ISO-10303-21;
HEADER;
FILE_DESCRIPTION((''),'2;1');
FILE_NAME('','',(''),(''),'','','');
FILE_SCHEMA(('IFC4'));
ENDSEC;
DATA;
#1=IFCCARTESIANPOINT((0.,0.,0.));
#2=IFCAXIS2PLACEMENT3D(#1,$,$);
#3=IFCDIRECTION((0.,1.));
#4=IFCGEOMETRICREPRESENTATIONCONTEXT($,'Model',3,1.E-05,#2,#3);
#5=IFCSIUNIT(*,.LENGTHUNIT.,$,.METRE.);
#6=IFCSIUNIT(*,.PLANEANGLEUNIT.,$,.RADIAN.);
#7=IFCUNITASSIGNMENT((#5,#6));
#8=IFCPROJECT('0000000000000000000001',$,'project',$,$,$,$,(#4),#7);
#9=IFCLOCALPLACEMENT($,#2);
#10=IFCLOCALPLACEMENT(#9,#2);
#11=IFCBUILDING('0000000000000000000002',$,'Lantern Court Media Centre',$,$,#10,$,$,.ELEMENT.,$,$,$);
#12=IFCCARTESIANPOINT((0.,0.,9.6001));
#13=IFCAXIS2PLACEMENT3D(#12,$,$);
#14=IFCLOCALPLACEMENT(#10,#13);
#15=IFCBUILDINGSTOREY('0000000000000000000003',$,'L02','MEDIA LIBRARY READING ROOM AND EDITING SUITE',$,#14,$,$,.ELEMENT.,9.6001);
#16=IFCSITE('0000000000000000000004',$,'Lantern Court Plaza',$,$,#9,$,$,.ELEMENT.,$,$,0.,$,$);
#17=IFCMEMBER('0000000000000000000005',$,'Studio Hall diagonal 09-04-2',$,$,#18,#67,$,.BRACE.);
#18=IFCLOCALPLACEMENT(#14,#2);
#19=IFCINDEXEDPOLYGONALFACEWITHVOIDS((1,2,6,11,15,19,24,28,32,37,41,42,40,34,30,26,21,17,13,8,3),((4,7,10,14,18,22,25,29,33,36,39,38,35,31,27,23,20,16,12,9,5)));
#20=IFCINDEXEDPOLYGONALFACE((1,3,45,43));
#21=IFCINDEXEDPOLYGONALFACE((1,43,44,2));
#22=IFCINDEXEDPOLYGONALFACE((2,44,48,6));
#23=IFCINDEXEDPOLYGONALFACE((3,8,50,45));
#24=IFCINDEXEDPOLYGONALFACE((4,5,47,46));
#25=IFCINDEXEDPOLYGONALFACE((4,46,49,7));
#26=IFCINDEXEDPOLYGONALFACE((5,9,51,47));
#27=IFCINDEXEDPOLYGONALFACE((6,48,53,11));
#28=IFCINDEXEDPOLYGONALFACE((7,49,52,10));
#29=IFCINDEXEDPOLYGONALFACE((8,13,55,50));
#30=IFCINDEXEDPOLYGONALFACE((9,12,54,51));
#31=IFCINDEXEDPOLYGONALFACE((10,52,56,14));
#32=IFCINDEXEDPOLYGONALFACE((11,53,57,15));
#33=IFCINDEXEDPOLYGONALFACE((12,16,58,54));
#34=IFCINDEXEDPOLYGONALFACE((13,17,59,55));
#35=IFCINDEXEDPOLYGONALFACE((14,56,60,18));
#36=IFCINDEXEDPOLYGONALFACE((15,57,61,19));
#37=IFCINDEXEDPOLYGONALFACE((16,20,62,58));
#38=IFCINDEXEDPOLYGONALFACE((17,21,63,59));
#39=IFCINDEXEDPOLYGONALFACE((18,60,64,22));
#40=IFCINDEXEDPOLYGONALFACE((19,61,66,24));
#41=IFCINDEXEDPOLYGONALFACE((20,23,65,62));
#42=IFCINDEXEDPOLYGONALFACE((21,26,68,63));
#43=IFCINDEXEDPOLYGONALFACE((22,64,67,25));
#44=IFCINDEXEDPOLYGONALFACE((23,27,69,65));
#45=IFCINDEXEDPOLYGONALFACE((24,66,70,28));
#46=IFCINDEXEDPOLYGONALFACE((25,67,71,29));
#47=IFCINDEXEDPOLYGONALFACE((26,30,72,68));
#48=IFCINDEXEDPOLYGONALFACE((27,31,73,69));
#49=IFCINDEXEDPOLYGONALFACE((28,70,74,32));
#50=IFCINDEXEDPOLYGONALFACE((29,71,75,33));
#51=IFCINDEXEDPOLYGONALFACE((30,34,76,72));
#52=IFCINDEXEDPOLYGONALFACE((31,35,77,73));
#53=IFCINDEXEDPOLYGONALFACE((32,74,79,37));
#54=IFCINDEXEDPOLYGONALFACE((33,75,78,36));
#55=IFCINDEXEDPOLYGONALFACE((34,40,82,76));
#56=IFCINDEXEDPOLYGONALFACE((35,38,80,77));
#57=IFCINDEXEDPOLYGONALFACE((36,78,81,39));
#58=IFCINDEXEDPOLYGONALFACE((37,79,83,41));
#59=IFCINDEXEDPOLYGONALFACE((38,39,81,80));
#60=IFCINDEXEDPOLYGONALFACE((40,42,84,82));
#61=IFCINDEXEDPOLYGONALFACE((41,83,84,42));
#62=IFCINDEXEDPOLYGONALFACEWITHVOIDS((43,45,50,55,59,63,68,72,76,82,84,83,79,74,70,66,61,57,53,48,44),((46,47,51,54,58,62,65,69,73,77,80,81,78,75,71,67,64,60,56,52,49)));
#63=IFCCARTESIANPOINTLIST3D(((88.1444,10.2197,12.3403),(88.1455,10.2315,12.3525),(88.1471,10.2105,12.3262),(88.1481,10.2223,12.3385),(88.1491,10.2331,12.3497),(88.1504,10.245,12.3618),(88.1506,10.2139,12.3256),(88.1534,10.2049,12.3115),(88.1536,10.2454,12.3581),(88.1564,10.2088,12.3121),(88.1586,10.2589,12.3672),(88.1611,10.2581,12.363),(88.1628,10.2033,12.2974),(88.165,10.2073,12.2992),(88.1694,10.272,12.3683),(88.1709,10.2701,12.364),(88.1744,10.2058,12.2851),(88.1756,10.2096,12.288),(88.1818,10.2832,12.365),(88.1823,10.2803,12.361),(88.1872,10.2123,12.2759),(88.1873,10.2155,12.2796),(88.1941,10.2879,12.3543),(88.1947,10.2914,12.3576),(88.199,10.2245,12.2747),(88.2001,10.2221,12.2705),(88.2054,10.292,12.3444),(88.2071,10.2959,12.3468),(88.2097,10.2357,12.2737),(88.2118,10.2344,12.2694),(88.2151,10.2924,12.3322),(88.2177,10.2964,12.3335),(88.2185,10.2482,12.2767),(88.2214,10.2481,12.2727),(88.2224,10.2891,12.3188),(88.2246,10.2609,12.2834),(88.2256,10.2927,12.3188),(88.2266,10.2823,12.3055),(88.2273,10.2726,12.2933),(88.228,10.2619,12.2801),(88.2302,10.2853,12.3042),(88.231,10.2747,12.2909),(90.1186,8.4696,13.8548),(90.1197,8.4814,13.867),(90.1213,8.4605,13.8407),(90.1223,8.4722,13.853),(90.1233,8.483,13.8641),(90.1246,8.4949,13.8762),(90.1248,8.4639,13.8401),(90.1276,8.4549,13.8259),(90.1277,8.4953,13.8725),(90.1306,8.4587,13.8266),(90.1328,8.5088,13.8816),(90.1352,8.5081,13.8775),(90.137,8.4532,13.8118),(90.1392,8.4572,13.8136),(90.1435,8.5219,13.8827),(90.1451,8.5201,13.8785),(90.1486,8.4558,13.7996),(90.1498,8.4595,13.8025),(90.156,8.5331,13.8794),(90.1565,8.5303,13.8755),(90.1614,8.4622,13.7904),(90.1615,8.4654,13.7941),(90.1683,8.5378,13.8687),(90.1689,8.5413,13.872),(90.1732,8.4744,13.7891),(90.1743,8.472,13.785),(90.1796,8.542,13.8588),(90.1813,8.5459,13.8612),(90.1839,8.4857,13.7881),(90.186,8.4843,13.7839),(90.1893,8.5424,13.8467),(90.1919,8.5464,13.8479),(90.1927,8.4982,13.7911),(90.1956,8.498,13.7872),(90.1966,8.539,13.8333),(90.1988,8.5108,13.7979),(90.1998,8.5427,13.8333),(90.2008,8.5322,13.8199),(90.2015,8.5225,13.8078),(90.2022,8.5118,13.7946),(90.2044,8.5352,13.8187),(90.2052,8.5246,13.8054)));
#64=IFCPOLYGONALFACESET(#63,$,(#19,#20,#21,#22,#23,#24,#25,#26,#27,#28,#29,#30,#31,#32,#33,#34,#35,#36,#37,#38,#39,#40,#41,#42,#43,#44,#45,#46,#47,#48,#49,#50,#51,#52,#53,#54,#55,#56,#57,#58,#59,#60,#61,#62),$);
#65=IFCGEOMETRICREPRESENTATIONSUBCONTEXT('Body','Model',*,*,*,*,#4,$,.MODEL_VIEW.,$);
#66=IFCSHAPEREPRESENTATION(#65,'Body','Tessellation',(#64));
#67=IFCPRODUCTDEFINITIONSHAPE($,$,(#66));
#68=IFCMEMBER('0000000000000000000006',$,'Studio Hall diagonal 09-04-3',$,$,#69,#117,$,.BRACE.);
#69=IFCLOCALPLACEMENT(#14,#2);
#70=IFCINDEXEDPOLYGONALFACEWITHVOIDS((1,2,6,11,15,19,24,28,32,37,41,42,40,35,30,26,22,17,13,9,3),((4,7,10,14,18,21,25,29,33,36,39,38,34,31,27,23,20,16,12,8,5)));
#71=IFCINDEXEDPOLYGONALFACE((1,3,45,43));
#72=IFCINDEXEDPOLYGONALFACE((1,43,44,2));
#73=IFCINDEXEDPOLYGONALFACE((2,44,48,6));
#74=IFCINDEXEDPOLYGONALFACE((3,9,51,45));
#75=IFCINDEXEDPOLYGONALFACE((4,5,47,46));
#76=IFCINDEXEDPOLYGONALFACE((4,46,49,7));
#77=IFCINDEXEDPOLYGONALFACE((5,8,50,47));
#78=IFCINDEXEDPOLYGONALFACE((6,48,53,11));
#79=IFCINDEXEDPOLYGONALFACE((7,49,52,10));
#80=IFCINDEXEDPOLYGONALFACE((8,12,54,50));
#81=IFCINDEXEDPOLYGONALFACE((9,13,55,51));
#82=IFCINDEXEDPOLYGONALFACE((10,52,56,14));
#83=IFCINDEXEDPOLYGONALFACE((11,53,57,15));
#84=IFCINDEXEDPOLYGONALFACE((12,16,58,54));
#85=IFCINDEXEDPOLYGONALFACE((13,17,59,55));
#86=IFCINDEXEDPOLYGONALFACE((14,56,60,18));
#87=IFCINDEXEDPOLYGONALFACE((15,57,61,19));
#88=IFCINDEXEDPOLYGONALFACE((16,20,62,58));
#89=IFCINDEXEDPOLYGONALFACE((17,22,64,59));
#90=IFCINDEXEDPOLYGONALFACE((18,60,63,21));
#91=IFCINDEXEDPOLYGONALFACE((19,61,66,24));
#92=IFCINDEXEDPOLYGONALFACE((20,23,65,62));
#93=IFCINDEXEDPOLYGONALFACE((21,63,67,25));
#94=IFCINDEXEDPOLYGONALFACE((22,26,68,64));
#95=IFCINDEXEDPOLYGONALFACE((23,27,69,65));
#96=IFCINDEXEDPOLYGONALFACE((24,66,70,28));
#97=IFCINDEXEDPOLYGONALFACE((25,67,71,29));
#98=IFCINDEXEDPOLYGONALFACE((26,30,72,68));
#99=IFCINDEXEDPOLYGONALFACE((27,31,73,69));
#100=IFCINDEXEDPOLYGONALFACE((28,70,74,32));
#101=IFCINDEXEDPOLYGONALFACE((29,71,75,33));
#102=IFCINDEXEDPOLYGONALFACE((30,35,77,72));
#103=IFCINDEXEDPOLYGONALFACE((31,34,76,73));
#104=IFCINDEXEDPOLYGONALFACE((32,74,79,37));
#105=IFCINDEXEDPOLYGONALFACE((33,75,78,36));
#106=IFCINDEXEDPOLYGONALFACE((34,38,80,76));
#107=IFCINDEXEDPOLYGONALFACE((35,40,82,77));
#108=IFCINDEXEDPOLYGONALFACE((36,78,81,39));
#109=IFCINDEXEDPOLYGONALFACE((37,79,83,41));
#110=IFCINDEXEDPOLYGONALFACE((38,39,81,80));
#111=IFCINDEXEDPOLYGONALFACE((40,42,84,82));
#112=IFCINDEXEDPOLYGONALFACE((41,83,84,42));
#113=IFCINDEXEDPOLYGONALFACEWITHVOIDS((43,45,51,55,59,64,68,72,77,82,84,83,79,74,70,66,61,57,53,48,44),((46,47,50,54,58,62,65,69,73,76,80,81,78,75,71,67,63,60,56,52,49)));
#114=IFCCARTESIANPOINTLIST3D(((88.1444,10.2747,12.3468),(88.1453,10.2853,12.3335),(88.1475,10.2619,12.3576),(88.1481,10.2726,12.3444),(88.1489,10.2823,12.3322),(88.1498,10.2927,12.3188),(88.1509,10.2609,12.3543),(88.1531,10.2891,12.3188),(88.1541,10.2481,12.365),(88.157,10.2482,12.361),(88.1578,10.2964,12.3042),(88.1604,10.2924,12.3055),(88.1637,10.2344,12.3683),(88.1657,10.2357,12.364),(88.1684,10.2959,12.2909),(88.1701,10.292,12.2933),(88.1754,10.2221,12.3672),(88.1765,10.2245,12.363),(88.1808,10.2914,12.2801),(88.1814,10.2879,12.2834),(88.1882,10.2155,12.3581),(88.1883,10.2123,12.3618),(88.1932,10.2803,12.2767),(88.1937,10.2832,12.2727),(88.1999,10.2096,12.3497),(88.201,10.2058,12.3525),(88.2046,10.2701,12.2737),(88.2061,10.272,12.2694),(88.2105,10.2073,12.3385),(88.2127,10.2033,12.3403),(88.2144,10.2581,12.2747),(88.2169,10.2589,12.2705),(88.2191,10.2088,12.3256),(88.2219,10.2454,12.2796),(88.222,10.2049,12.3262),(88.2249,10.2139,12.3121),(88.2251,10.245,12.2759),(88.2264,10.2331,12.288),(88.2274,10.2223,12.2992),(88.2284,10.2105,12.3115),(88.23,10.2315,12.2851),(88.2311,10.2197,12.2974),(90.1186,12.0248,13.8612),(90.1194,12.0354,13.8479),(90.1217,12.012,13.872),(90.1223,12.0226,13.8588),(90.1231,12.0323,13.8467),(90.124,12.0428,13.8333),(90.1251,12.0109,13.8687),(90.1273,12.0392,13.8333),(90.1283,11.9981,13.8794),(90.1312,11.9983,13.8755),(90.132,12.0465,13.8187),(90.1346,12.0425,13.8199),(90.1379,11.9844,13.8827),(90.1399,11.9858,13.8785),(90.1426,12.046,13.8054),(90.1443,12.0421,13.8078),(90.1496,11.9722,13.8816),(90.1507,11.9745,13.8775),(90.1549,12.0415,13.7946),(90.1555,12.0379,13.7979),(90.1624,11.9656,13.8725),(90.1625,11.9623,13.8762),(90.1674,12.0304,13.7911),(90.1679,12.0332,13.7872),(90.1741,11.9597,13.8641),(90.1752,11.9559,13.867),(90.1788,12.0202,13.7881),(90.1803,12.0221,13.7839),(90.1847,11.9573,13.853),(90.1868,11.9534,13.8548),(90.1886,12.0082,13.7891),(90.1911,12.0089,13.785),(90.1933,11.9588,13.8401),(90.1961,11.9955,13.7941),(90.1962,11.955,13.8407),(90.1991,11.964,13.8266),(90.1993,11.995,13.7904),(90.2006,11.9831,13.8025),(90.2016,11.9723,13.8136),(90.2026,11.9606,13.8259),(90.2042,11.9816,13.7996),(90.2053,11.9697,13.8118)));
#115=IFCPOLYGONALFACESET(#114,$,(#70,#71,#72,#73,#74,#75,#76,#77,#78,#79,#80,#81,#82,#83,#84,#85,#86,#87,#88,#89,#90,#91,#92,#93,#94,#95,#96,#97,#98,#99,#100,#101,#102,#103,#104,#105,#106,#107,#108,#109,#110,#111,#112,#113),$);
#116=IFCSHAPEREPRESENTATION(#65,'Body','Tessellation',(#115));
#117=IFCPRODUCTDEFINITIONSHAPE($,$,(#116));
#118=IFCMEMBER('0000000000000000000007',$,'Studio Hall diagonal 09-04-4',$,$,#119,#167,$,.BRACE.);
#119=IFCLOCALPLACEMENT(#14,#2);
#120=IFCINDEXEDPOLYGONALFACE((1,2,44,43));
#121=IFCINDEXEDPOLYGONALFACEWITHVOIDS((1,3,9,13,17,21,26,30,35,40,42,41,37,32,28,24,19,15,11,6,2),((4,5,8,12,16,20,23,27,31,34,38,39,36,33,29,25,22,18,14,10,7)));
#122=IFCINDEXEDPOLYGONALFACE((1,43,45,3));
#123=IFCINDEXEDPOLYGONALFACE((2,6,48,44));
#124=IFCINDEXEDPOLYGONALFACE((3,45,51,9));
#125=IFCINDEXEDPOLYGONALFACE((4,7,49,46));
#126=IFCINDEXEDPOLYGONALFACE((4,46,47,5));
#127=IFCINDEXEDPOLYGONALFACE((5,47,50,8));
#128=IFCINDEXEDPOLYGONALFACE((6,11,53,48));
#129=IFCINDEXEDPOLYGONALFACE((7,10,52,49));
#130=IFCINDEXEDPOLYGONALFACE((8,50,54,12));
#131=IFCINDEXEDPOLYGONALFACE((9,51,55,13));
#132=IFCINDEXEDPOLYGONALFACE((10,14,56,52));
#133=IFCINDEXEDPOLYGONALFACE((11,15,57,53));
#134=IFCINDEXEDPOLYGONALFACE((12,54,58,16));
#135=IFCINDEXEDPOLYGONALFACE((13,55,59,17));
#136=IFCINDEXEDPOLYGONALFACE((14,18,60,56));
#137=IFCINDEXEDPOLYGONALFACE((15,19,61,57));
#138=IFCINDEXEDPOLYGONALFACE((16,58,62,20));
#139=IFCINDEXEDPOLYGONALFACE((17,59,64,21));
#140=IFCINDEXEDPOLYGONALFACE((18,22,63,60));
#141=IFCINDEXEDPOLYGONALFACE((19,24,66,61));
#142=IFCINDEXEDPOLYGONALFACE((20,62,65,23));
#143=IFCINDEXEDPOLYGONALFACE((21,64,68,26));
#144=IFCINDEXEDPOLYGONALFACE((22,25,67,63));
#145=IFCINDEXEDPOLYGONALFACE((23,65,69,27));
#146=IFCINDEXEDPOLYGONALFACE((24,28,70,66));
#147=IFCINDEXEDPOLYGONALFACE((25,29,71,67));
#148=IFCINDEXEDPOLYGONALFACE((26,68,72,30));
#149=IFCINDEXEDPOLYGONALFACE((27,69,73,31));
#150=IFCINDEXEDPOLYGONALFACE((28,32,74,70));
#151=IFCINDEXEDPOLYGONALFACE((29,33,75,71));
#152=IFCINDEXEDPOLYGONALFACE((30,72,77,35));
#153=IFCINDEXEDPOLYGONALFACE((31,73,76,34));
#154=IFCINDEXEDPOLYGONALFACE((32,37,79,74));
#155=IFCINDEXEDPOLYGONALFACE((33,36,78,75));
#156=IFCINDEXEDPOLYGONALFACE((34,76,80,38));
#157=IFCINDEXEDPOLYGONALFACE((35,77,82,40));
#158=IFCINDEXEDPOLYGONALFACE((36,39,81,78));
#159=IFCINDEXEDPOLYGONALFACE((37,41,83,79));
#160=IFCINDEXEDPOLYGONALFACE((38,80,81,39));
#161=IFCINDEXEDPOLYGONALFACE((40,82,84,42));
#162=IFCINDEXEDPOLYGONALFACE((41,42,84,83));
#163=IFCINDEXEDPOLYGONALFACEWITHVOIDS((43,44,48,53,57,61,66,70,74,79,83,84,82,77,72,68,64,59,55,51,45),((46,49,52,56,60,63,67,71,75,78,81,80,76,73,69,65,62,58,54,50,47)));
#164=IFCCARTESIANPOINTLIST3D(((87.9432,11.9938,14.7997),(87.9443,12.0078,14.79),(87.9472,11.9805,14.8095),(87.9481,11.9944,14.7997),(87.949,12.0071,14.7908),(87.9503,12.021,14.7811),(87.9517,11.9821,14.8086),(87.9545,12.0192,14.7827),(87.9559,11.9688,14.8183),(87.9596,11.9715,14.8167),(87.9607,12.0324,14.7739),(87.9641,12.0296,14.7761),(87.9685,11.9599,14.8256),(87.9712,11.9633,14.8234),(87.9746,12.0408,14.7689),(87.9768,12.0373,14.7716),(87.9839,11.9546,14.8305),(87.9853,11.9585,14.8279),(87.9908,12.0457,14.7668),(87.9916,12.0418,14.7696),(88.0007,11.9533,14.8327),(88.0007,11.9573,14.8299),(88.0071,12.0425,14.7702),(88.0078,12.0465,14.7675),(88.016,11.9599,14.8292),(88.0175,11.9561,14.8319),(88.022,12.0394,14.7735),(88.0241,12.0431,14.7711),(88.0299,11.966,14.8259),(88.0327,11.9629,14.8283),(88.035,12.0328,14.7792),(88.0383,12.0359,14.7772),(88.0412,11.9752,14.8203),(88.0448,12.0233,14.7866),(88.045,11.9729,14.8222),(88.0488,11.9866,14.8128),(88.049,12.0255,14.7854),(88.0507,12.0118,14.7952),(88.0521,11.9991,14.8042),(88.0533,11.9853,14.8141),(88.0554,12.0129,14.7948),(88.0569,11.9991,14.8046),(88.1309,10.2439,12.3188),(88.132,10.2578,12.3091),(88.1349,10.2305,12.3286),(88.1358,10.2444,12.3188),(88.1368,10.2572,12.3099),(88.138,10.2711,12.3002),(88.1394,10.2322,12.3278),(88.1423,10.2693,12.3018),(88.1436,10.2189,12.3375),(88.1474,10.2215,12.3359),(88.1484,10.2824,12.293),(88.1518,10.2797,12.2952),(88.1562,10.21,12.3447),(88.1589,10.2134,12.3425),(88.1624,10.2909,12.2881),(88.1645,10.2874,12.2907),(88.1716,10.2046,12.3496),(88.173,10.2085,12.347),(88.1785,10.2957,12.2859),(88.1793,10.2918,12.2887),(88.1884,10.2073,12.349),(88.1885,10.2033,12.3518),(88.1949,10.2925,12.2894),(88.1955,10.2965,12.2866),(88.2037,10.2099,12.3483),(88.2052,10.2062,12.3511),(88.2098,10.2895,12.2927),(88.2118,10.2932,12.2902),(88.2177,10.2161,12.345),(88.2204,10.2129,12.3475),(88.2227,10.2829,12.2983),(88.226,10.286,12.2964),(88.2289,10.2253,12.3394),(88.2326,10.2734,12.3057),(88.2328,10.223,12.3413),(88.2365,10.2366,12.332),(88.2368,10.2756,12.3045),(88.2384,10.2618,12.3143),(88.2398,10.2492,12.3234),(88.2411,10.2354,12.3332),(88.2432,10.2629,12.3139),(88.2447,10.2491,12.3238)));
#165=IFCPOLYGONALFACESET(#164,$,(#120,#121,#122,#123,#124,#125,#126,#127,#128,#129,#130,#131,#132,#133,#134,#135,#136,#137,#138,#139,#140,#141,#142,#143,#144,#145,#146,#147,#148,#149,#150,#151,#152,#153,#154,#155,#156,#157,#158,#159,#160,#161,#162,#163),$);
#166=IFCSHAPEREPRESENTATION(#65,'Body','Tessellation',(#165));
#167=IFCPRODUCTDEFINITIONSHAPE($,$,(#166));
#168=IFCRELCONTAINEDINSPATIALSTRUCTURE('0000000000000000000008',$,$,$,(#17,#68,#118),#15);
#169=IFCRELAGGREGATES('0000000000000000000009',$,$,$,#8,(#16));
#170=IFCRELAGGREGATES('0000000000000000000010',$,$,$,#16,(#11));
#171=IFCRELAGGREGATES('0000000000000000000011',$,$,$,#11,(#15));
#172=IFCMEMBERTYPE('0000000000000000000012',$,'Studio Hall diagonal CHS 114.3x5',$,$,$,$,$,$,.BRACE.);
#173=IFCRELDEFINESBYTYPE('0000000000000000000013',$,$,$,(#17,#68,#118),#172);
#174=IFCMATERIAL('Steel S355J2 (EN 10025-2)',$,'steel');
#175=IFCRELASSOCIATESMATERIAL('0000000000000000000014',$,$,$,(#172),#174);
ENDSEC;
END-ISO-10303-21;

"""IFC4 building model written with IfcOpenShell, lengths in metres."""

from ifc_helpers import new_model, si_unit, direction, frame, origin, origin_2d, place, context, subcontext, project, spatial, hollow_circle, extrude, material, material_profile, profile_set, type_object, element, save


model = new_model("IFC4")

# Units and contexts
model_context = context("Model", 3, precision=1e-05, world=origin(), true_north=direction((0.0, 1.0)))
body_context = subcontext(model_context, "Body", "Model", "MODEL_VIEW")
ifc_project = project(units=[si_unit("LENGTHUNIT", "METRE"), si_unit("PLANEANGLEUNIT", "RADIAN")], contexts=[model_context])

# Site, building, storey
site_placement = place(None, origin())
site = spatial("IfcSite", under=ifc_project, at=site_placement, Name="Lantern Court Plaza", CompositionType="ELEMENT", RefElevation=0.0)
building_placement = place(site_placement, origin())
building = spatial("IfcBuilding", under=site, at=building_placement, Name="Lantern Court Media Centre", CompositionType="ELEMENT")
storey_placement = place(building_placement, frame((0.0, 0.0, 9.6001)))
storey = spatial("IfcBuildingStorey", under=building, at=storey_placement, Name="L02", Description="MEDIA LIBRARY READING ROOM AND EDITING SUITE", CompositionType="ELEMENT", Elevation=9.6001)

# Members
ifc_material = material(Name="Steel S355J2 (EN 10025-2)", Category="steel")
ifc_material_profile_1 = material_profile(ifc_material, hollow_circle(Radius=0.0571, WallThickness=0.0049, at=origin_2d()), Name="Studio Hall diagonal CHS 114.3x5")
ifc_profile_set_1 = profile_set([ifc_material_profile_1], Name="Steel S355J2 (EN 10025-2)")
member_type_1 = type_object("IfcMemberType", Name="Studio Hall diagonal CHS 114.3x5", PredefinedType="BRACE", material=ifc_profile_set_1)
for number, where, z_axis, x_axis, name in (
    (1, (88.1877, 10.25, 12.3188), (0.648979, -0.575301, 0.49785), (0.663352, 0.748307, 0.0), "Studio Hall diagonal 09-04-2"),
    (2, (88.1877, 10.25, 12.3188), (0.648979, 0.575301, 0.49785), (-0.663352, 0.748307, 0.0), "Studio Hall diagonal 09-04-3"),
):
    element("IfcMember", number, at=place(storey_placement, frame(where, z_axis=z_axis, x_axis=x_axis)), inside=storey, type_object=member_type_1, Name=name, PredefinedType="BRACE", context=body_context, shape_type="SweptSolid", body=[
        extrude(hollow_circle(Radius=0.0571, WallThickness=0.0049, at=origin_2d()), origin(), (0.0, 0.0, 1.0), 3.042),
    ])
member_1_placement = place(storey_placement, frame((88.1877, 10.25, 12.3188), z_axis=(-0.06172, 0.575306, 0.815606), x_axis=(-0.994294, -0.10667, 0.0)))
element("IfcMember", 3, at=member_1_placement, inside=storey, type_object=member_type_1, Name="Studio Hall diagonal 09-04-4", PredefinedType="BRACE", context=body_context, shape_type="SweptSolid", body=[
    extrude(hollow_circle(Radius=0.0571, WallThickness=0.0049, at=origin_2d()), origin(), (0.0, 0.0, 1.0), 3.0417),
])

save(model, "model.ifc")
